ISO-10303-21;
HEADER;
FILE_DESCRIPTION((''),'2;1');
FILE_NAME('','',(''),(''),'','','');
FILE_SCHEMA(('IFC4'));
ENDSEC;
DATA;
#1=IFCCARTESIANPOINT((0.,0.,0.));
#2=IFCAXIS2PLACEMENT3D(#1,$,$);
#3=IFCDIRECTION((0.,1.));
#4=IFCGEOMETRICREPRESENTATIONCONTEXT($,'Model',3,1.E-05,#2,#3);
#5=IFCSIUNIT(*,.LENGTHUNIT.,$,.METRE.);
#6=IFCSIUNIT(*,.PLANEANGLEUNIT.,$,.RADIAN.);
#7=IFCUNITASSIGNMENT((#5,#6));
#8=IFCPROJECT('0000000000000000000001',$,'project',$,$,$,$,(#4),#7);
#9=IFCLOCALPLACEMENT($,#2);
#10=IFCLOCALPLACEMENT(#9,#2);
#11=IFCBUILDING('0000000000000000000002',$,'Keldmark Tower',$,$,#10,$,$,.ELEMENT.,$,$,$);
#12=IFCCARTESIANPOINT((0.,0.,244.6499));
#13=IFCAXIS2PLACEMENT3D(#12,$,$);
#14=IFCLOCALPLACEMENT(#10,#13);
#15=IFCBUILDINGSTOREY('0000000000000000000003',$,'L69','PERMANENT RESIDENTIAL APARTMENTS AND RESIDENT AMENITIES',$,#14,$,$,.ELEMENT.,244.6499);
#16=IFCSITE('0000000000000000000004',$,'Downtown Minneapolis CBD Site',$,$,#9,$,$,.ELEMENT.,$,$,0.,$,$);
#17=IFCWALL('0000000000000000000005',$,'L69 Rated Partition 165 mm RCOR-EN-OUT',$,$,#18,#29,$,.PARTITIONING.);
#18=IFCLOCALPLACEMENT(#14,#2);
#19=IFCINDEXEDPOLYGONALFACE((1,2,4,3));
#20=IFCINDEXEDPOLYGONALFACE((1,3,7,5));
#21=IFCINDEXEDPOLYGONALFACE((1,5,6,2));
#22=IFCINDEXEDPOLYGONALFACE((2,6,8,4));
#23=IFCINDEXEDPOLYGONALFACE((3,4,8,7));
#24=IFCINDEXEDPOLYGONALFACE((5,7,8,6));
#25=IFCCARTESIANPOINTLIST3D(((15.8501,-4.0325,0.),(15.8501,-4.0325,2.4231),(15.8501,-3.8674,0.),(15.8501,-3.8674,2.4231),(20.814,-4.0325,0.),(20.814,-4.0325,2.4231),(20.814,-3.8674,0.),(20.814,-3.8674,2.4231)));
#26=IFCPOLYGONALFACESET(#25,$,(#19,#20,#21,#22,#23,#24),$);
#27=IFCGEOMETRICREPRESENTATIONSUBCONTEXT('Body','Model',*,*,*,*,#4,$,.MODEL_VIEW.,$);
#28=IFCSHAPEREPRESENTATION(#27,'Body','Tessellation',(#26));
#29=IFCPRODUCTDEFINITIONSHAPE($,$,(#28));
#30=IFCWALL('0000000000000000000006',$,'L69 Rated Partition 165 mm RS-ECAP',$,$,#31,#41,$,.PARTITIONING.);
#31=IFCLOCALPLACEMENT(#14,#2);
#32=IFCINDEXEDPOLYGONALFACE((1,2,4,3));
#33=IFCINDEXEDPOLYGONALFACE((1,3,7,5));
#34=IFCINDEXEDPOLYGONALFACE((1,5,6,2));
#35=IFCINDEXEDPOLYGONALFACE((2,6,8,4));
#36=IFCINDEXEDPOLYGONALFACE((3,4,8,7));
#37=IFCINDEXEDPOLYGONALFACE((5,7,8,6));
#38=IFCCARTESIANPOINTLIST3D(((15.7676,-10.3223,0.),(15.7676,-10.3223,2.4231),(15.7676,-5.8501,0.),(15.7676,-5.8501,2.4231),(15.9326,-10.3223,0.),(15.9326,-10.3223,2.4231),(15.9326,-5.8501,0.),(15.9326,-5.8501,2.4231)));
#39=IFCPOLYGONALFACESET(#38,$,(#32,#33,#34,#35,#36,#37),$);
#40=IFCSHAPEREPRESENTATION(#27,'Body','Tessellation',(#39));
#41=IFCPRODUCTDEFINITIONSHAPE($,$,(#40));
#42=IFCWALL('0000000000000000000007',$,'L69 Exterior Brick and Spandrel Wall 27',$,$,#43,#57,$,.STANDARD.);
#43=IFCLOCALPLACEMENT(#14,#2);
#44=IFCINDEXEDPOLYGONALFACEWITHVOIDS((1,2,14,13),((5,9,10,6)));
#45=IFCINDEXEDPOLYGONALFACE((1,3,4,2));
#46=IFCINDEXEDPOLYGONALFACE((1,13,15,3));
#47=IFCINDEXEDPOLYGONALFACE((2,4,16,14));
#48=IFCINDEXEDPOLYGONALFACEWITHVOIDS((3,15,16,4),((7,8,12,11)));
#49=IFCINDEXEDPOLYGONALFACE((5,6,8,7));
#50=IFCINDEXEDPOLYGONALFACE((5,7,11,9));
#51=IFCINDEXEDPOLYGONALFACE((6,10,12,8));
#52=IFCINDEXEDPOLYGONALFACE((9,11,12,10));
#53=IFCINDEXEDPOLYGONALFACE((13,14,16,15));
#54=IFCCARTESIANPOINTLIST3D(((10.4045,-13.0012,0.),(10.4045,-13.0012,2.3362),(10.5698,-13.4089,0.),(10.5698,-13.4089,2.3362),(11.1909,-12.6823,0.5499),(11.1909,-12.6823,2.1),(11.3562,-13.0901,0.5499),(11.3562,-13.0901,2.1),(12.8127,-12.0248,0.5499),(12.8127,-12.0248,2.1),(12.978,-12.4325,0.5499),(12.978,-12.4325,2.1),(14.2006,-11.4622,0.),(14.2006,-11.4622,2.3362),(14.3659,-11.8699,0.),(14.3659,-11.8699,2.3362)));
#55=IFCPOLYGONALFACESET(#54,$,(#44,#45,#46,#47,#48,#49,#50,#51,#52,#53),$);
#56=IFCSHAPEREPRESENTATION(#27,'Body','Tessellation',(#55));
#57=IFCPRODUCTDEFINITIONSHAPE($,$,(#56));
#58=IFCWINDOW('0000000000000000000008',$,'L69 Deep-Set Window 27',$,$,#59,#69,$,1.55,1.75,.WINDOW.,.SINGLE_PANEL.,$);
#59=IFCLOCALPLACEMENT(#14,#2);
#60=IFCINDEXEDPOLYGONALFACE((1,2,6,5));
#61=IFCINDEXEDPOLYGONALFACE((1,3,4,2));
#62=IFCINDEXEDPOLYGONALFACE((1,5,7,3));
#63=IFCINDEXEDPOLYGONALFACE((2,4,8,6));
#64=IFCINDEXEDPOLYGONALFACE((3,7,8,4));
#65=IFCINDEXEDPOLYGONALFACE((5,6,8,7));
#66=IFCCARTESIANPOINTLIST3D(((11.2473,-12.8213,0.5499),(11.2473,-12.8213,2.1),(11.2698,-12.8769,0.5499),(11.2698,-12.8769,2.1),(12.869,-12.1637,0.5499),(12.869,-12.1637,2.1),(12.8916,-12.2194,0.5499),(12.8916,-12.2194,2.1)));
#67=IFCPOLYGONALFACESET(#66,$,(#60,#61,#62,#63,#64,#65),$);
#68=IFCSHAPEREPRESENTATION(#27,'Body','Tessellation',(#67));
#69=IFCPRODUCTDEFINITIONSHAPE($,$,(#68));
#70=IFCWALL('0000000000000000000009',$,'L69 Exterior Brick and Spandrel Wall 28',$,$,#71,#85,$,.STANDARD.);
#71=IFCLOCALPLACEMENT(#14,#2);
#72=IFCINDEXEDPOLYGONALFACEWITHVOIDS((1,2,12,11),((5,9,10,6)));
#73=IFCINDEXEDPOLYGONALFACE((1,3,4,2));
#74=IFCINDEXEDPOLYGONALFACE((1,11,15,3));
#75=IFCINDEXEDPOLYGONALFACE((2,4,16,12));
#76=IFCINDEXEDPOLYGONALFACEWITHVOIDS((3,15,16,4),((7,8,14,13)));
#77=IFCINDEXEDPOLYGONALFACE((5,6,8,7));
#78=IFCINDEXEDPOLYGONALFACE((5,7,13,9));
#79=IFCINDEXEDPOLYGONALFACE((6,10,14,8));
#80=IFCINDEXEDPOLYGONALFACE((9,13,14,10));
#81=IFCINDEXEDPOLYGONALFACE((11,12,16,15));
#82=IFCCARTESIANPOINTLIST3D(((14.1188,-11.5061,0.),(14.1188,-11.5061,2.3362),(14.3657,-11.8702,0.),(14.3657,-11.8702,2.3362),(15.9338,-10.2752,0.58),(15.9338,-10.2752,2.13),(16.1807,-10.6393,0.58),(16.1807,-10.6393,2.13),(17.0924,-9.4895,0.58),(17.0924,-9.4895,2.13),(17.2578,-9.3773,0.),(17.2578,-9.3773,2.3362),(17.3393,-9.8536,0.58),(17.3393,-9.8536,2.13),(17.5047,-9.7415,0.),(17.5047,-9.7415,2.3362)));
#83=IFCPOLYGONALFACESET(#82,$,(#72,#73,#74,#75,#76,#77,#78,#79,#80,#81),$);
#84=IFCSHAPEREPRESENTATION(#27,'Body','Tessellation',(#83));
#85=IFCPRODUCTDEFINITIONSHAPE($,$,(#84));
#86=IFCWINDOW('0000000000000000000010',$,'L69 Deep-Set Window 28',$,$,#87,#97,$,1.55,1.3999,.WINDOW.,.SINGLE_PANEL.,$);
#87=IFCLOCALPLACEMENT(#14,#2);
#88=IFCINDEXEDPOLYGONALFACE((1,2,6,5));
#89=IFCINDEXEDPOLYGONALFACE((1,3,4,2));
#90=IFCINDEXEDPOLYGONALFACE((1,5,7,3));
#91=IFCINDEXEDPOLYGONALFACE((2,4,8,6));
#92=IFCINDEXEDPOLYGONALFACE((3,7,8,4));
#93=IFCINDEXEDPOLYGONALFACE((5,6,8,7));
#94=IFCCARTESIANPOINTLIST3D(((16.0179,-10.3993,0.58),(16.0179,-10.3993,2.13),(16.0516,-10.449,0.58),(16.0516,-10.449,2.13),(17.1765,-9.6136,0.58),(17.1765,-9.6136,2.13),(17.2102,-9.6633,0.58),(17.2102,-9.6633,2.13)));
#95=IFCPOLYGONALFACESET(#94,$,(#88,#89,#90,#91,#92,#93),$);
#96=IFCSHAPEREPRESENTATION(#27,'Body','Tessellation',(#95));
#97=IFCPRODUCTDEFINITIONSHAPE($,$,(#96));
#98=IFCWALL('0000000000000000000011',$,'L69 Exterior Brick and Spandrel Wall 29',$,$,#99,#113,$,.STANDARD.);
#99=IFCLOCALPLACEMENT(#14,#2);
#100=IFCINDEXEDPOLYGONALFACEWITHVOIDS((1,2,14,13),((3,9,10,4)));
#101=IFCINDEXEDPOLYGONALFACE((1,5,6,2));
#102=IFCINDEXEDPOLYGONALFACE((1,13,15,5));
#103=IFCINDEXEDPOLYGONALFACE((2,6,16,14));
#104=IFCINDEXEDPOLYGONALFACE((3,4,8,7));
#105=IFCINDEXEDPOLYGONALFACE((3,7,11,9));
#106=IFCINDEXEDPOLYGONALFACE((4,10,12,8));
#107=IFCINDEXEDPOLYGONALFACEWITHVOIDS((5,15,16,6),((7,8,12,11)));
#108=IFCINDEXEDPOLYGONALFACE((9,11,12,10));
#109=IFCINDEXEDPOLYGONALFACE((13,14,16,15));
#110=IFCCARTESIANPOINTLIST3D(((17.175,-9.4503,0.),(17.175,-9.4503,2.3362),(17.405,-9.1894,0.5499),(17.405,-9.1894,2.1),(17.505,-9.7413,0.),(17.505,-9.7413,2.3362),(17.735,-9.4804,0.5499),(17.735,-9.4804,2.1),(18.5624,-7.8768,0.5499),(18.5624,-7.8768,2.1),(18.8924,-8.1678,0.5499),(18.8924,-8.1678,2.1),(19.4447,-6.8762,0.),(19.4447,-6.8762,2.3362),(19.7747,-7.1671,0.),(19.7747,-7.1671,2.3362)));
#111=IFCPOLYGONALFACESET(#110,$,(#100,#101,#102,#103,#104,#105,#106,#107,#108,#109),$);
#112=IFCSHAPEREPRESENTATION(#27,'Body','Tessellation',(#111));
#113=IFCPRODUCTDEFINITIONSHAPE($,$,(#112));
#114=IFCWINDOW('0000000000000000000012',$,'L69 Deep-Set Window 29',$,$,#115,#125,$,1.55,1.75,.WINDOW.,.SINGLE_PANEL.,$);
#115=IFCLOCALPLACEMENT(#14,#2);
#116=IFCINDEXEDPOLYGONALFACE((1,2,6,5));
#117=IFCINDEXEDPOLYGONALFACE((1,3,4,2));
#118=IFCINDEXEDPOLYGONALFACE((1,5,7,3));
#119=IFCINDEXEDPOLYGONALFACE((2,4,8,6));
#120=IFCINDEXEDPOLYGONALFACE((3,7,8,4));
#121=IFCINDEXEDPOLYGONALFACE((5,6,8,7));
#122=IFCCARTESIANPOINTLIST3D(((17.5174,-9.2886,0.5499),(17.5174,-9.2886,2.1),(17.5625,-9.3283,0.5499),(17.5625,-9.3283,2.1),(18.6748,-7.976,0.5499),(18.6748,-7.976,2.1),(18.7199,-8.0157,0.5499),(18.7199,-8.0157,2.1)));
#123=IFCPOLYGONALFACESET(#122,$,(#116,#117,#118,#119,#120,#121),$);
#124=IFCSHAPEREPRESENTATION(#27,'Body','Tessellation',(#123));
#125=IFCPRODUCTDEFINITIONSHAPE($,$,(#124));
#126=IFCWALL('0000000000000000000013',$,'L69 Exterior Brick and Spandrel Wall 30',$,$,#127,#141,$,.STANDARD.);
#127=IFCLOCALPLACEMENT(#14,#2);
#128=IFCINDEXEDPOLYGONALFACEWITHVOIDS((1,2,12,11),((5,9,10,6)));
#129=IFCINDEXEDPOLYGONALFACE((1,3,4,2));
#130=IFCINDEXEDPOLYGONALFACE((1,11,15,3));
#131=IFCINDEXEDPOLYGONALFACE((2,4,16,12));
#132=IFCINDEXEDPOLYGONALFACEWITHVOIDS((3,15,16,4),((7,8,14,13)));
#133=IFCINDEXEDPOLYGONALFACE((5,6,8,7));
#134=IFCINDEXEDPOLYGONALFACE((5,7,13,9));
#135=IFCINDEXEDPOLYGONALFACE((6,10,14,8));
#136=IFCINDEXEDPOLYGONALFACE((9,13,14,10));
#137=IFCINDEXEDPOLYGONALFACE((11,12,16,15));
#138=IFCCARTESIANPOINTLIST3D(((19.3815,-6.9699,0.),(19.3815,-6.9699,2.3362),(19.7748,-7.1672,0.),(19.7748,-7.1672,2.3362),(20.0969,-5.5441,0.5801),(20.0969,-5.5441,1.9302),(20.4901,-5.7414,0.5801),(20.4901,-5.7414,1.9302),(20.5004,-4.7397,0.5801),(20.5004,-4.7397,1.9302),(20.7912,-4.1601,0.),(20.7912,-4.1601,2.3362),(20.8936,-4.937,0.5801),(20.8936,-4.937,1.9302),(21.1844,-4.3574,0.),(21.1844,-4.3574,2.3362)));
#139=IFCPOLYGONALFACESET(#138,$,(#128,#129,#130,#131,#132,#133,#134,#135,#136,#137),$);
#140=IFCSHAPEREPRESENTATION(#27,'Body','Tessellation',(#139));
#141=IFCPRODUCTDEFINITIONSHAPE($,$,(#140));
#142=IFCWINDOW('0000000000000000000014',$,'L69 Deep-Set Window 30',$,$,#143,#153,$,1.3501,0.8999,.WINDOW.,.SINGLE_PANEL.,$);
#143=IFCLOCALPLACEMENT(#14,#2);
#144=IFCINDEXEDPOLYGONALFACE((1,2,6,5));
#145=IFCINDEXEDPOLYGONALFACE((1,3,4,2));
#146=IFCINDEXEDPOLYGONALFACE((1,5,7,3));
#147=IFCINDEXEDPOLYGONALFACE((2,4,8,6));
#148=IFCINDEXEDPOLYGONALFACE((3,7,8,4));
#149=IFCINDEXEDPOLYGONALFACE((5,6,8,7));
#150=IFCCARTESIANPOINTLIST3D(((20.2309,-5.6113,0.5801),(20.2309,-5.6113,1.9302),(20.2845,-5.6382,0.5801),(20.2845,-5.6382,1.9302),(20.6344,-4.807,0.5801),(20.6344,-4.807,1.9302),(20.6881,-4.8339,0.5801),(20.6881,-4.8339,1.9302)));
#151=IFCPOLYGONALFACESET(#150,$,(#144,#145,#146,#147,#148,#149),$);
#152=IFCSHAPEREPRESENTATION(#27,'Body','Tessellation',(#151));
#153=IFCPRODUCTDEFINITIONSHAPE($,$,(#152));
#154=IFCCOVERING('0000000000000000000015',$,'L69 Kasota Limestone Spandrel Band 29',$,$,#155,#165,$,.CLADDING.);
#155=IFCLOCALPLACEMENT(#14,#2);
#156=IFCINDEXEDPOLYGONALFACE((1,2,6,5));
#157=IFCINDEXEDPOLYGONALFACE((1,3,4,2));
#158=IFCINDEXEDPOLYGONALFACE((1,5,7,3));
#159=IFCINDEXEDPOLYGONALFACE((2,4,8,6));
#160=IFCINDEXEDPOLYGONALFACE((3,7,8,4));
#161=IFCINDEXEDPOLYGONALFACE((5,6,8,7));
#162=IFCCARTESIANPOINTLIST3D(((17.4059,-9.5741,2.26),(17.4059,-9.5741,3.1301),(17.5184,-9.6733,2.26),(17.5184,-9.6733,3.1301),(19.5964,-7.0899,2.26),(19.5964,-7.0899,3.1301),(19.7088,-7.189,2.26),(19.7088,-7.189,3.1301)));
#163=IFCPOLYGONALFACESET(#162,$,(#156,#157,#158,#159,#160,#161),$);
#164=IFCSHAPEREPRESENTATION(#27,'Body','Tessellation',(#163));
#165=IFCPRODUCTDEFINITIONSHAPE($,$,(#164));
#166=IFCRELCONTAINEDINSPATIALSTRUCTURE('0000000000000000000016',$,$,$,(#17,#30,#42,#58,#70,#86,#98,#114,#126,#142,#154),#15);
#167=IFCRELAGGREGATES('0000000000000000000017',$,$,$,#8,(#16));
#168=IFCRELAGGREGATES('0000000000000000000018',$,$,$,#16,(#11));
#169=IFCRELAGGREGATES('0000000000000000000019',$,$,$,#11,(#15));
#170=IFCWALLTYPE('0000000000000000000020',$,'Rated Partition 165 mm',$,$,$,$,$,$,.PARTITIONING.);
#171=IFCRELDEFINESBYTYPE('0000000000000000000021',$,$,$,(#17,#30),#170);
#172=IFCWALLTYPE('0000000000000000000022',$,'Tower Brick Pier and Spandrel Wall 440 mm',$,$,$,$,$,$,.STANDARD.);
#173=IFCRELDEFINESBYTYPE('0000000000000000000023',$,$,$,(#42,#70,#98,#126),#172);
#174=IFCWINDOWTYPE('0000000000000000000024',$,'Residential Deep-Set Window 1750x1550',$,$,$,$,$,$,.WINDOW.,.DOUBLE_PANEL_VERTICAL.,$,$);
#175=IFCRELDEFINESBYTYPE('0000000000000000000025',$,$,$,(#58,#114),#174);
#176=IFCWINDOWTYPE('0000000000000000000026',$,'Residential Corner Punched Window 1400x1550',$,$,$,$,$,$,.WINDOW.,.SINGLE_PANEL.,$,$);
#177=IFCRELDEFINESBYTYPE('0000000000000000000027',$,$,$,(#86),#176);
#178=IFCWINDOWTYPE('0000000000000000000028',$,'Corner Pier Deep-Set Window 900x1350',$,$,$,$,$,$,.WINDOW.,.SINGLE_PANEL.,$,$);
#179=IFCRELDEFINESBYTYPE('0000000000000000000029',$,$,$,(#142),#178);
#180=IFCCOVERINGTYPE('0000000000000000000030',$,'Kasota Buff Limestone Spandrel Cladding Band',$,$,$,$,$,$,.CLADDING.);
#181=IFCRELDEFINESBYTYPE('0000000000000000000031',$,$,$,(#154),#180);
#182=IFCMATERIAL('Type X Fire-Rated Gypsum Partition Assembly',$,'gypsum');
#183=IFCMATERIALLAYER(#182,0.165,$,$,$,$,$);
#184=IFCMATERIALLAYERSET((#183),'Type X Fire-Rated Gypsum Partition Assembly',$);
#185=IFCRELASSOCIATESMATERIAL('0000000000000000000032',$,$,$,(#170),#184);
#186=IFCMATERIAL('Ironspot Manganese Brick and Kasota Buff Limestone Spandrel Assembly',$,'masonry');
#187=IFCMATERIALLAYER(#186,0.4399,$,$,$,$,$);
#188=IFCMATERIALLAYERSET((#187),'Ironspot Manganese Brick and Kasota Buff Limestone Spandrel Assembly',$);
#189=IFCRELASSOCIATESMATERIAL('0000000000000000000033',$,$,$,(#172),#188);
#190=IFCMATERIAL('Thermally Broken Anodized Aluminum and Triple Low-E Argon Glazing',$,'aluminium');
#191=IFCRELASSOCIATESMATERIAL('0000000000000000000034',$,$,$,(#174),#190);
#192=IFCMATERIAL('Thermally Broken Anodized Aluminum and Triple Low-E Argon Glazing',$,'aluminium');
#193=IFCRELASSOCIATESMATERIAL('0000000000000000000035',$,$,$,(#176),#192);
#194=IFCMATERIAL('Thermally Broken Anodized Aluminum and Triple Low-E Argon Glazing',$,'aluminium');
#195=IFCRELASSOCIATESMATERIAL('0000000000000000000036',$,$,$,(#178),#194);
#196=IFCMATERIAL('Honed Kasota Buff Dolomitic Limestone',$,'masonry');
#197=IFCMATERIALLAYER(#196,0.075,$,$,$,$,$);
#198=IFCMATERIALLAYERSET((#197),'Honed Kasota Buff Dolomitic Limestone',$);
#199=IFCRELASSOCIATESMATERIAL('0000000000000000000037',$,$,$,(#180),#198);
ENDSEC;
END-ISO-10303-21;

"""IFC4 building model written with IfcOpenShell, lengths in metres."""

from ifc_helpers import new_model, si_unit, direction, frame, frame_2d, origin, origin_2d, place, context, subcontext, project, spatial, rectangle, extrude, material, layer, layer_set, type_object, element, fill, save


model = new_model("IFC4")

# Units and contexts
model_context = context("Model", 3, precision=1e-05, world=origin(), true_north=direction((0.0, 1.0)))
body_context = subcontext(model_context, "Body", "Model", "MODEL_VIEW")
ifc_project = project(units=[si_unit("LENGTHUNIT", "METRE"), si_unit("PLANEANGLEUNIT", "RADIAN")], contexts=[model_context])

# Site, building, storey
site_placement = place(None, origin())
site = spatial("IfcSite", under=ifc_project, at=site_placement, Name="Downtown Minneapolis CBD Site", CompositionType="ELEMENT", RefElevation=0.0)
building_placement = place(site_placement, origin())
building = spatial("IfcBuilding", under=site, at=building_placement, Name="Keldmark Tower", CompositionType="ELEMENT")
storey_placement = place(building_placement, frame((0.0, 0.0, 244.6499)))
storey = spatial("IfcBuildingStorey", under=building, at=storey_placement, Name="L69", Description="PERMANENT RESIDENTIAL APARTMENTS AND RESIDENT AMENITIES", CompositionType="ELEMENT", Elevation=244.6499)

# Wall
ifc_material_1 = material(Name="Type X Fire-Rated Gypsum Partition Assembly", Category="gypsum")
ifc_layer_1 = layer(ifc_material_1, 0.165)
ifc_layer_set_1 = layer_set([ifc_layer_1], Name="Type X Fire-Rated Gypsum Partition Assembly")
wall_type_1 = type_object("IfcWallType", Name="Rated Partition 165 mm", PredefinedType="PARTITIONING", material=ifc_layer_set_1)
wall_1_placement = place(storey_placement, frame((15.8501, -3.95, 0.0), z_axis=(0.0, 0.0, 1.0), x_axis=(1.0, 0.0, 0.0)))
element("IfcWall", 1, at=wall_1_placement, inside=storey, type_object=wall_type_1, Name="L69 Rated Partition 165 mm RCOR-EN-OUT", PredefinedType="PARTITIONING", context=body_context, shape_type="SweptSolid", body=[
    extrude(rectangle(XDim=4.9639, YDim=0.165, at=frame_2d((2.4819, 0.0))), origin(), (0.0, 0.0, 1.0), 2.4231),
])

# Wall
wall_2_placement = place(storey_placement, frame((15.8501, -10.3223, 0.0), z_axis=(0.0, 0.0, 1.0), x_axis=(0.0, 1.0, 0.0)))
element("IfcWall", 2, at=wall_2_placement, inside=storey, type_object=wall_type_1, Name="L69 Rated Partition 165 mm RS-ECAP", PredefinedType="PARTITIONING", context=body_context, shape_type="SweptSolid", body=[
    extrude(rectangle(XDim=4.4722, YDim=0.165, at=frame_2d((2.2361, 0.0))), origin(), (0.0, 0.0, 1.0), 2.4231),
])

# Walls, openings, windows
ifc_material_2 = material(Name="Ironspot Manganese Brick and Kasota Buff Limestone Spandrel Assembly", Category="masonry")
ifc_layer_2 = layer(ifc_material_2, 0.4399)
ifc_layer_set_2 = layer_set([ifc_layer_2], Name="Ironspot Manganese Brick and Kasota Buff Limestone Spandrel Assembly")
wall_type_2 = type_object("IfcWallType", Name="Tower Brick Pier and Spandrel Wall 440 mm", PredefinedType="STANDARD", material=ifc_layer_set_2)
wall_3_placement = place(storey_placement, frame((14.2832, -11.666, 0.0), z_axis=(0.0, 0.0, 1.0), x_axis=(-0.926732, -0.375723, 0.0)))
wall_3 = element("IfcWall", 3, at=wall_3_placement, inside=storey, type_object=wall_type_2, Name="L69 Exterior Brick and Spandrel Wall 27", PredefinedType="STANDARD", context=body_context, shape_type="SweptSolid", body=[
    extrude(rectangle(XDim=4.0962, YDim=0.4399, at=frame_2d((2.0481, 0.0))), origin(), (0.0, 0.0, 1.0), 2.3362),
])
opening_1_placement = place(wall_3_placement, frame((1.4976, 0.0, 0.55)))
opening_1 = element("IfcOpeningElement", 4, at=opening_1_placement, cuts=wall_3, PredefinedType="OPENING", context=body_context, shape_type="SweptSolid", body=[
    extrude(rectangle(XDim=1.75, YDim=1.55, at=frame_2d((0.875, 0.7749))), frame((0.0, 0.23, 0.0), z_axis=(0.0, -1.0, 0.0), x_axis=(1.0, 0.0, 0.0)), (0.0, 0.0, 1.0), 0.46),
])
ifc_material_3 = material(Name="Thermally Broken Anodized Aluminum and Triple Low-E Argon Glazing", Category="aluminium")
window_type_1 = type_object("IfcWindowType", Name="Residential Deep-Set Window 1750x1550", PartitioningType="DOUBLE_PANEL_VERTICAL", PredefinedType="WINDOW", material=ifc_material_3)
window_1_placement = place(opening_1_placement, origin())
window_1 = element("IfcWindow", 5, at=window_1_placement, inside=storey, type_object=window_type_1, Name="L69 Deep-Set Window 27", OverallHeight=1.55, OverallWidth=1.75, PartitioningType="SINGLE_PANEL", PredefinedType="WINDOW", context=body_context, shape_type="SweptSolid", body=[
    extrude(rectangle(XDim=1.75, YDim=1.55, at=frame_2d((0.875, 0.7749))), frame((0.0, -0.01, 0.0), z_axis=(0.0, -1.0, 0.0), x_axis=(1.0, 0.0, 0.0)), (0.0, 0.0, 1.0), 0.0601),
])
fill(opening_1, window_1)
wall_4_placement = place(storey_placement, frame((17.3813, -9.5593, 0.0), z_axis=(0.0, 0.0, 1.0), x_axis=(-0.827637, -0.561264, 0.0)))
wall_4 = element("IfcWall", 6, at=wall_4_placement, inside=storey, type_object=wall_type_2, Name="L69 Exterior Brick and Spandrel Wall 28", PredefinedType="STANDARD", context=body_context, shape_type="SweptSolid", body=[
    extrude(rectangle(XDim=3.7927, YDim=0.4399, at=frame_2d((1.8965, 0.0))), origin(), (0.0, 0.0, 1.0), 2.3362),
])
opening_2_placement = place(wall_4_placement, frame((0.2, 0.0, 0.5801)))
opening_2 = element("IfcOpeningElement", 7, at=opening_2_placement, cuts=wall_4, PredefinedType="OPENING", context=body_context, shape_type="SweptSolid", body=[
    extrude(rectangle(XDim=1.3999, YDim=1.55, at=frame_2d((0.7, 0.7749))), frame((0.0, 0.23, 0.0), z_axis=(0.0, -1.0, 0.0), x_axis=(1.0, 0.0, 0.0)), (0.0, 0.0, 1.0), 0.46),
])
ifc_material_4 = material(Name="Thermally Broken Anodized Aluminum and Triple Low-E Argon Glazing", Category="aluminium")
window_type_2 = type_object("IfcWindowType", Name="Residential Corner Punched Window 1400x1550", PartitioningType="SINGLE_PANEL", PredefinedType="WINDOW", material=ifc_material_4)
window_2_placement = place(opening_2_placement, origin())
window_2 = element("IfcWindow", 8, at=window_2_placement, inside=storey, type_object=window_type_2, Name="L69 Deep-Set Window 28", OverallHeight=1.55, OverallWidth=1.3999, PartitioningType="SINGLE_PANEL", PredefinedType="WINDOW", context=body_context, shape_type="SweptSolid", body=[
    extrude(rectangle(XDim=1.3999, YDim=1.55, at=frame_2d((0.7, 0.7749))), frame((0.0, -0.01, 0.0), z_axis=(0.0, -1.0, 0.0), x_axis=(1.0, 0.0, 0.0)), (0.0, 0.0, 1.0), 0.0601),
])
fill(opening_2, window_2)
wall_5_placement = place(storey_placement, frame((19.6096, -7.0217, 0.0), z_axis=(0.0, 0.0, 1.0), x_axis=(-0.66136, -0.750068, 0.0)))
wall_5 = element("IfcWall", 9, at=wall_5_placement, inside=storey, type_object=wall_type_2, Name="L69 Exterior Brick and Spandrel Wall 29", PredefinedType="STANDARD", context=body_context, shape_type="SweptSolid", body=[
    extrude(rectangle(XDim=3.4319, YDim=0.4399, at=frame_2d((1.7158, 0.0))), origin(), (0.0, 0.0, 1.0), 2.3362),
])
opening_3_placement = place(wall_5_placement, frame((1.334, 0.0, 0.55)))
opening_3 = element("IfcOpeningElement", 10, at=opening_3_placement, cuts=wall_5, PredefinedType="OPENING", context=body_context, shape_type="SweptSolid", body=[
    extrude(rectangle(XDim=1.75, YDim=1.55, at=frame_2d((0.875, 0.7749))), frame((0.0, 0.23, 0.0), z_axis=(0.0, -1.0, 0.0), x_axis=(1.0, 0.0, 0.0)), (0.0, 0.0, 1.0), 0.46),
])
window_3_placement = place(opening_3_placement, origin())
window_3 = element("IfcWindow", 11, at=window_3_placement, inside=storey, type_object=window_type_1, Name="L69 Deep-Set Window 29", OverallHeight=1.55, OverallWidth=1.75, PartitioningType="SINGLE_PANEL", PredefinedType="WINDOW", context=body_context, shape_type="SweptSolid", body=[
    extrude(rectangle(XDim=1.75, YDim=1.55, at=frame_2d((0.875, 0.7749))), frame((0.0, -0.01, 0.0), z_axis=(0.0, -1.0, 0.0), x_axis=(1.0, 0.0, 0.0)), (0.0, 0.0, 1.0), 0.0601),
])
fill(opening_3, window_3)
wall_6_placement = place(storey_placement, frame((20.9878, -4.2588, 0.0), z_axis=(0.0, 0.0, 1.0), x_axis=(-0.448425, -0.893821, 0.0)))
wall_6 = element("IfcWall", 12, at=wall_6_placement, inside=storey, type_object=wall_type_2, Name="L69 Exterior Brick and Spandrel Wall 30", PredefinedType="STANDARD", context=body_context, shape_type="SweptSolid", body=[
    extrude(rectangle(XDim=3.1436, YDim=0.4399, at=frame_2d((1.5718, 0.0))), origin(), (0.0, 0.0, 1.0), 2.3362),
])
opening_4_placement = place(wall_6_placement, frame((0.6484, 0.0, 0.5801)))
opening_4 = element("IfcOpeningElement", 13, at=opening_4_placement, cuts=wall_6, PredefinedType="OPENING", context=body_context, shape_type="SweptSolid", body=[
    extrude(rectangle(XDim=0.8999, YDim=1.3501, at=frame_2d((0.45, 0.675))), frame((0.0, 0.23, 0.0), z_axis=(0.0, -1.0, 0.0), x_axis=(1.0, 0.0, 0.0)), (0.0, 0.0, 1.0), 0.46),
])
ifc_material_5 = material(Name="Thermally Broken Anodized Aluminum and Triple Low-E Argon Glazing", Category="aluminium")
window_type_3 = type_object("IfcWindowType", Name="Corner Pier Deep-Set Window 900x1350", PartitioningType="SINGLE_PANEL", PredefinedType="WINDOW", material=ifc_material_5)
window_4_placement = place(opening_4_placement, origin())
window_4 = element("IfcWindow", 14, at=window_4_placement, inside=storey, type_object=window_type_3, Name="L69 Deep-Set Window 30", OverallHeight=1.3501, OverallWidth=0.8999, PartitioningType="SINGLE_PANEL", PredefinedType="WINDOW", context=body_context, shape_type="SweptSolid", body=[
    extrude(rectangle(XDim=0.8999, YDim=1.3501, at=frame_2d((0.45, 0.675))), frame((0.0, -0.01, 0.0), z_axis=(0.0, -1.0, 0.0), x_axis=(1.0, 0.0, 0.0)), (0.0, 0.0, 1.0), 0.0601),
])
fill(opening_4, window_4)

# Covering
ifc_material_6 = material(Name="Honed Kasota Buff Dolomitic Limestone", Category="masonry")
ifc_layer_3 = layer(ifc_material_6, 0.075)
ifc_layer_set_3 = layer_set([ifc_layer_3], Name="Honed Kasota Buff Dolomitic Limestone")
covering_type = type_object("IfcCoveringType", Name="Kasota Buff Limestone Spandrel Cladding Band", PredefinedType="CLADDING", material=ifc_layer_set_3)
covering_placement = place(storey_placement, frame((18.5574, -8.3816, 2.26), z_axis=(0.0, 0.0, 1.0), x_axis=(0.661364, 0.750065, 0.0)))
element("IfcCovering", 15, at=covering_placement, inside=storey, type_object=covering_type, Name="L69 Kasota Limestone Spandrel Band 29", PredefinedType="CLADDING", context=body_context, shape_type="SweptSolid", body=[
    extrude(rectangle(XDim=3.312, YDim=0.1499, at=origin_2d()), origin(), (0.0, 0.0, 1.0), 0.8701),
])

save(model, "model.ifc")
